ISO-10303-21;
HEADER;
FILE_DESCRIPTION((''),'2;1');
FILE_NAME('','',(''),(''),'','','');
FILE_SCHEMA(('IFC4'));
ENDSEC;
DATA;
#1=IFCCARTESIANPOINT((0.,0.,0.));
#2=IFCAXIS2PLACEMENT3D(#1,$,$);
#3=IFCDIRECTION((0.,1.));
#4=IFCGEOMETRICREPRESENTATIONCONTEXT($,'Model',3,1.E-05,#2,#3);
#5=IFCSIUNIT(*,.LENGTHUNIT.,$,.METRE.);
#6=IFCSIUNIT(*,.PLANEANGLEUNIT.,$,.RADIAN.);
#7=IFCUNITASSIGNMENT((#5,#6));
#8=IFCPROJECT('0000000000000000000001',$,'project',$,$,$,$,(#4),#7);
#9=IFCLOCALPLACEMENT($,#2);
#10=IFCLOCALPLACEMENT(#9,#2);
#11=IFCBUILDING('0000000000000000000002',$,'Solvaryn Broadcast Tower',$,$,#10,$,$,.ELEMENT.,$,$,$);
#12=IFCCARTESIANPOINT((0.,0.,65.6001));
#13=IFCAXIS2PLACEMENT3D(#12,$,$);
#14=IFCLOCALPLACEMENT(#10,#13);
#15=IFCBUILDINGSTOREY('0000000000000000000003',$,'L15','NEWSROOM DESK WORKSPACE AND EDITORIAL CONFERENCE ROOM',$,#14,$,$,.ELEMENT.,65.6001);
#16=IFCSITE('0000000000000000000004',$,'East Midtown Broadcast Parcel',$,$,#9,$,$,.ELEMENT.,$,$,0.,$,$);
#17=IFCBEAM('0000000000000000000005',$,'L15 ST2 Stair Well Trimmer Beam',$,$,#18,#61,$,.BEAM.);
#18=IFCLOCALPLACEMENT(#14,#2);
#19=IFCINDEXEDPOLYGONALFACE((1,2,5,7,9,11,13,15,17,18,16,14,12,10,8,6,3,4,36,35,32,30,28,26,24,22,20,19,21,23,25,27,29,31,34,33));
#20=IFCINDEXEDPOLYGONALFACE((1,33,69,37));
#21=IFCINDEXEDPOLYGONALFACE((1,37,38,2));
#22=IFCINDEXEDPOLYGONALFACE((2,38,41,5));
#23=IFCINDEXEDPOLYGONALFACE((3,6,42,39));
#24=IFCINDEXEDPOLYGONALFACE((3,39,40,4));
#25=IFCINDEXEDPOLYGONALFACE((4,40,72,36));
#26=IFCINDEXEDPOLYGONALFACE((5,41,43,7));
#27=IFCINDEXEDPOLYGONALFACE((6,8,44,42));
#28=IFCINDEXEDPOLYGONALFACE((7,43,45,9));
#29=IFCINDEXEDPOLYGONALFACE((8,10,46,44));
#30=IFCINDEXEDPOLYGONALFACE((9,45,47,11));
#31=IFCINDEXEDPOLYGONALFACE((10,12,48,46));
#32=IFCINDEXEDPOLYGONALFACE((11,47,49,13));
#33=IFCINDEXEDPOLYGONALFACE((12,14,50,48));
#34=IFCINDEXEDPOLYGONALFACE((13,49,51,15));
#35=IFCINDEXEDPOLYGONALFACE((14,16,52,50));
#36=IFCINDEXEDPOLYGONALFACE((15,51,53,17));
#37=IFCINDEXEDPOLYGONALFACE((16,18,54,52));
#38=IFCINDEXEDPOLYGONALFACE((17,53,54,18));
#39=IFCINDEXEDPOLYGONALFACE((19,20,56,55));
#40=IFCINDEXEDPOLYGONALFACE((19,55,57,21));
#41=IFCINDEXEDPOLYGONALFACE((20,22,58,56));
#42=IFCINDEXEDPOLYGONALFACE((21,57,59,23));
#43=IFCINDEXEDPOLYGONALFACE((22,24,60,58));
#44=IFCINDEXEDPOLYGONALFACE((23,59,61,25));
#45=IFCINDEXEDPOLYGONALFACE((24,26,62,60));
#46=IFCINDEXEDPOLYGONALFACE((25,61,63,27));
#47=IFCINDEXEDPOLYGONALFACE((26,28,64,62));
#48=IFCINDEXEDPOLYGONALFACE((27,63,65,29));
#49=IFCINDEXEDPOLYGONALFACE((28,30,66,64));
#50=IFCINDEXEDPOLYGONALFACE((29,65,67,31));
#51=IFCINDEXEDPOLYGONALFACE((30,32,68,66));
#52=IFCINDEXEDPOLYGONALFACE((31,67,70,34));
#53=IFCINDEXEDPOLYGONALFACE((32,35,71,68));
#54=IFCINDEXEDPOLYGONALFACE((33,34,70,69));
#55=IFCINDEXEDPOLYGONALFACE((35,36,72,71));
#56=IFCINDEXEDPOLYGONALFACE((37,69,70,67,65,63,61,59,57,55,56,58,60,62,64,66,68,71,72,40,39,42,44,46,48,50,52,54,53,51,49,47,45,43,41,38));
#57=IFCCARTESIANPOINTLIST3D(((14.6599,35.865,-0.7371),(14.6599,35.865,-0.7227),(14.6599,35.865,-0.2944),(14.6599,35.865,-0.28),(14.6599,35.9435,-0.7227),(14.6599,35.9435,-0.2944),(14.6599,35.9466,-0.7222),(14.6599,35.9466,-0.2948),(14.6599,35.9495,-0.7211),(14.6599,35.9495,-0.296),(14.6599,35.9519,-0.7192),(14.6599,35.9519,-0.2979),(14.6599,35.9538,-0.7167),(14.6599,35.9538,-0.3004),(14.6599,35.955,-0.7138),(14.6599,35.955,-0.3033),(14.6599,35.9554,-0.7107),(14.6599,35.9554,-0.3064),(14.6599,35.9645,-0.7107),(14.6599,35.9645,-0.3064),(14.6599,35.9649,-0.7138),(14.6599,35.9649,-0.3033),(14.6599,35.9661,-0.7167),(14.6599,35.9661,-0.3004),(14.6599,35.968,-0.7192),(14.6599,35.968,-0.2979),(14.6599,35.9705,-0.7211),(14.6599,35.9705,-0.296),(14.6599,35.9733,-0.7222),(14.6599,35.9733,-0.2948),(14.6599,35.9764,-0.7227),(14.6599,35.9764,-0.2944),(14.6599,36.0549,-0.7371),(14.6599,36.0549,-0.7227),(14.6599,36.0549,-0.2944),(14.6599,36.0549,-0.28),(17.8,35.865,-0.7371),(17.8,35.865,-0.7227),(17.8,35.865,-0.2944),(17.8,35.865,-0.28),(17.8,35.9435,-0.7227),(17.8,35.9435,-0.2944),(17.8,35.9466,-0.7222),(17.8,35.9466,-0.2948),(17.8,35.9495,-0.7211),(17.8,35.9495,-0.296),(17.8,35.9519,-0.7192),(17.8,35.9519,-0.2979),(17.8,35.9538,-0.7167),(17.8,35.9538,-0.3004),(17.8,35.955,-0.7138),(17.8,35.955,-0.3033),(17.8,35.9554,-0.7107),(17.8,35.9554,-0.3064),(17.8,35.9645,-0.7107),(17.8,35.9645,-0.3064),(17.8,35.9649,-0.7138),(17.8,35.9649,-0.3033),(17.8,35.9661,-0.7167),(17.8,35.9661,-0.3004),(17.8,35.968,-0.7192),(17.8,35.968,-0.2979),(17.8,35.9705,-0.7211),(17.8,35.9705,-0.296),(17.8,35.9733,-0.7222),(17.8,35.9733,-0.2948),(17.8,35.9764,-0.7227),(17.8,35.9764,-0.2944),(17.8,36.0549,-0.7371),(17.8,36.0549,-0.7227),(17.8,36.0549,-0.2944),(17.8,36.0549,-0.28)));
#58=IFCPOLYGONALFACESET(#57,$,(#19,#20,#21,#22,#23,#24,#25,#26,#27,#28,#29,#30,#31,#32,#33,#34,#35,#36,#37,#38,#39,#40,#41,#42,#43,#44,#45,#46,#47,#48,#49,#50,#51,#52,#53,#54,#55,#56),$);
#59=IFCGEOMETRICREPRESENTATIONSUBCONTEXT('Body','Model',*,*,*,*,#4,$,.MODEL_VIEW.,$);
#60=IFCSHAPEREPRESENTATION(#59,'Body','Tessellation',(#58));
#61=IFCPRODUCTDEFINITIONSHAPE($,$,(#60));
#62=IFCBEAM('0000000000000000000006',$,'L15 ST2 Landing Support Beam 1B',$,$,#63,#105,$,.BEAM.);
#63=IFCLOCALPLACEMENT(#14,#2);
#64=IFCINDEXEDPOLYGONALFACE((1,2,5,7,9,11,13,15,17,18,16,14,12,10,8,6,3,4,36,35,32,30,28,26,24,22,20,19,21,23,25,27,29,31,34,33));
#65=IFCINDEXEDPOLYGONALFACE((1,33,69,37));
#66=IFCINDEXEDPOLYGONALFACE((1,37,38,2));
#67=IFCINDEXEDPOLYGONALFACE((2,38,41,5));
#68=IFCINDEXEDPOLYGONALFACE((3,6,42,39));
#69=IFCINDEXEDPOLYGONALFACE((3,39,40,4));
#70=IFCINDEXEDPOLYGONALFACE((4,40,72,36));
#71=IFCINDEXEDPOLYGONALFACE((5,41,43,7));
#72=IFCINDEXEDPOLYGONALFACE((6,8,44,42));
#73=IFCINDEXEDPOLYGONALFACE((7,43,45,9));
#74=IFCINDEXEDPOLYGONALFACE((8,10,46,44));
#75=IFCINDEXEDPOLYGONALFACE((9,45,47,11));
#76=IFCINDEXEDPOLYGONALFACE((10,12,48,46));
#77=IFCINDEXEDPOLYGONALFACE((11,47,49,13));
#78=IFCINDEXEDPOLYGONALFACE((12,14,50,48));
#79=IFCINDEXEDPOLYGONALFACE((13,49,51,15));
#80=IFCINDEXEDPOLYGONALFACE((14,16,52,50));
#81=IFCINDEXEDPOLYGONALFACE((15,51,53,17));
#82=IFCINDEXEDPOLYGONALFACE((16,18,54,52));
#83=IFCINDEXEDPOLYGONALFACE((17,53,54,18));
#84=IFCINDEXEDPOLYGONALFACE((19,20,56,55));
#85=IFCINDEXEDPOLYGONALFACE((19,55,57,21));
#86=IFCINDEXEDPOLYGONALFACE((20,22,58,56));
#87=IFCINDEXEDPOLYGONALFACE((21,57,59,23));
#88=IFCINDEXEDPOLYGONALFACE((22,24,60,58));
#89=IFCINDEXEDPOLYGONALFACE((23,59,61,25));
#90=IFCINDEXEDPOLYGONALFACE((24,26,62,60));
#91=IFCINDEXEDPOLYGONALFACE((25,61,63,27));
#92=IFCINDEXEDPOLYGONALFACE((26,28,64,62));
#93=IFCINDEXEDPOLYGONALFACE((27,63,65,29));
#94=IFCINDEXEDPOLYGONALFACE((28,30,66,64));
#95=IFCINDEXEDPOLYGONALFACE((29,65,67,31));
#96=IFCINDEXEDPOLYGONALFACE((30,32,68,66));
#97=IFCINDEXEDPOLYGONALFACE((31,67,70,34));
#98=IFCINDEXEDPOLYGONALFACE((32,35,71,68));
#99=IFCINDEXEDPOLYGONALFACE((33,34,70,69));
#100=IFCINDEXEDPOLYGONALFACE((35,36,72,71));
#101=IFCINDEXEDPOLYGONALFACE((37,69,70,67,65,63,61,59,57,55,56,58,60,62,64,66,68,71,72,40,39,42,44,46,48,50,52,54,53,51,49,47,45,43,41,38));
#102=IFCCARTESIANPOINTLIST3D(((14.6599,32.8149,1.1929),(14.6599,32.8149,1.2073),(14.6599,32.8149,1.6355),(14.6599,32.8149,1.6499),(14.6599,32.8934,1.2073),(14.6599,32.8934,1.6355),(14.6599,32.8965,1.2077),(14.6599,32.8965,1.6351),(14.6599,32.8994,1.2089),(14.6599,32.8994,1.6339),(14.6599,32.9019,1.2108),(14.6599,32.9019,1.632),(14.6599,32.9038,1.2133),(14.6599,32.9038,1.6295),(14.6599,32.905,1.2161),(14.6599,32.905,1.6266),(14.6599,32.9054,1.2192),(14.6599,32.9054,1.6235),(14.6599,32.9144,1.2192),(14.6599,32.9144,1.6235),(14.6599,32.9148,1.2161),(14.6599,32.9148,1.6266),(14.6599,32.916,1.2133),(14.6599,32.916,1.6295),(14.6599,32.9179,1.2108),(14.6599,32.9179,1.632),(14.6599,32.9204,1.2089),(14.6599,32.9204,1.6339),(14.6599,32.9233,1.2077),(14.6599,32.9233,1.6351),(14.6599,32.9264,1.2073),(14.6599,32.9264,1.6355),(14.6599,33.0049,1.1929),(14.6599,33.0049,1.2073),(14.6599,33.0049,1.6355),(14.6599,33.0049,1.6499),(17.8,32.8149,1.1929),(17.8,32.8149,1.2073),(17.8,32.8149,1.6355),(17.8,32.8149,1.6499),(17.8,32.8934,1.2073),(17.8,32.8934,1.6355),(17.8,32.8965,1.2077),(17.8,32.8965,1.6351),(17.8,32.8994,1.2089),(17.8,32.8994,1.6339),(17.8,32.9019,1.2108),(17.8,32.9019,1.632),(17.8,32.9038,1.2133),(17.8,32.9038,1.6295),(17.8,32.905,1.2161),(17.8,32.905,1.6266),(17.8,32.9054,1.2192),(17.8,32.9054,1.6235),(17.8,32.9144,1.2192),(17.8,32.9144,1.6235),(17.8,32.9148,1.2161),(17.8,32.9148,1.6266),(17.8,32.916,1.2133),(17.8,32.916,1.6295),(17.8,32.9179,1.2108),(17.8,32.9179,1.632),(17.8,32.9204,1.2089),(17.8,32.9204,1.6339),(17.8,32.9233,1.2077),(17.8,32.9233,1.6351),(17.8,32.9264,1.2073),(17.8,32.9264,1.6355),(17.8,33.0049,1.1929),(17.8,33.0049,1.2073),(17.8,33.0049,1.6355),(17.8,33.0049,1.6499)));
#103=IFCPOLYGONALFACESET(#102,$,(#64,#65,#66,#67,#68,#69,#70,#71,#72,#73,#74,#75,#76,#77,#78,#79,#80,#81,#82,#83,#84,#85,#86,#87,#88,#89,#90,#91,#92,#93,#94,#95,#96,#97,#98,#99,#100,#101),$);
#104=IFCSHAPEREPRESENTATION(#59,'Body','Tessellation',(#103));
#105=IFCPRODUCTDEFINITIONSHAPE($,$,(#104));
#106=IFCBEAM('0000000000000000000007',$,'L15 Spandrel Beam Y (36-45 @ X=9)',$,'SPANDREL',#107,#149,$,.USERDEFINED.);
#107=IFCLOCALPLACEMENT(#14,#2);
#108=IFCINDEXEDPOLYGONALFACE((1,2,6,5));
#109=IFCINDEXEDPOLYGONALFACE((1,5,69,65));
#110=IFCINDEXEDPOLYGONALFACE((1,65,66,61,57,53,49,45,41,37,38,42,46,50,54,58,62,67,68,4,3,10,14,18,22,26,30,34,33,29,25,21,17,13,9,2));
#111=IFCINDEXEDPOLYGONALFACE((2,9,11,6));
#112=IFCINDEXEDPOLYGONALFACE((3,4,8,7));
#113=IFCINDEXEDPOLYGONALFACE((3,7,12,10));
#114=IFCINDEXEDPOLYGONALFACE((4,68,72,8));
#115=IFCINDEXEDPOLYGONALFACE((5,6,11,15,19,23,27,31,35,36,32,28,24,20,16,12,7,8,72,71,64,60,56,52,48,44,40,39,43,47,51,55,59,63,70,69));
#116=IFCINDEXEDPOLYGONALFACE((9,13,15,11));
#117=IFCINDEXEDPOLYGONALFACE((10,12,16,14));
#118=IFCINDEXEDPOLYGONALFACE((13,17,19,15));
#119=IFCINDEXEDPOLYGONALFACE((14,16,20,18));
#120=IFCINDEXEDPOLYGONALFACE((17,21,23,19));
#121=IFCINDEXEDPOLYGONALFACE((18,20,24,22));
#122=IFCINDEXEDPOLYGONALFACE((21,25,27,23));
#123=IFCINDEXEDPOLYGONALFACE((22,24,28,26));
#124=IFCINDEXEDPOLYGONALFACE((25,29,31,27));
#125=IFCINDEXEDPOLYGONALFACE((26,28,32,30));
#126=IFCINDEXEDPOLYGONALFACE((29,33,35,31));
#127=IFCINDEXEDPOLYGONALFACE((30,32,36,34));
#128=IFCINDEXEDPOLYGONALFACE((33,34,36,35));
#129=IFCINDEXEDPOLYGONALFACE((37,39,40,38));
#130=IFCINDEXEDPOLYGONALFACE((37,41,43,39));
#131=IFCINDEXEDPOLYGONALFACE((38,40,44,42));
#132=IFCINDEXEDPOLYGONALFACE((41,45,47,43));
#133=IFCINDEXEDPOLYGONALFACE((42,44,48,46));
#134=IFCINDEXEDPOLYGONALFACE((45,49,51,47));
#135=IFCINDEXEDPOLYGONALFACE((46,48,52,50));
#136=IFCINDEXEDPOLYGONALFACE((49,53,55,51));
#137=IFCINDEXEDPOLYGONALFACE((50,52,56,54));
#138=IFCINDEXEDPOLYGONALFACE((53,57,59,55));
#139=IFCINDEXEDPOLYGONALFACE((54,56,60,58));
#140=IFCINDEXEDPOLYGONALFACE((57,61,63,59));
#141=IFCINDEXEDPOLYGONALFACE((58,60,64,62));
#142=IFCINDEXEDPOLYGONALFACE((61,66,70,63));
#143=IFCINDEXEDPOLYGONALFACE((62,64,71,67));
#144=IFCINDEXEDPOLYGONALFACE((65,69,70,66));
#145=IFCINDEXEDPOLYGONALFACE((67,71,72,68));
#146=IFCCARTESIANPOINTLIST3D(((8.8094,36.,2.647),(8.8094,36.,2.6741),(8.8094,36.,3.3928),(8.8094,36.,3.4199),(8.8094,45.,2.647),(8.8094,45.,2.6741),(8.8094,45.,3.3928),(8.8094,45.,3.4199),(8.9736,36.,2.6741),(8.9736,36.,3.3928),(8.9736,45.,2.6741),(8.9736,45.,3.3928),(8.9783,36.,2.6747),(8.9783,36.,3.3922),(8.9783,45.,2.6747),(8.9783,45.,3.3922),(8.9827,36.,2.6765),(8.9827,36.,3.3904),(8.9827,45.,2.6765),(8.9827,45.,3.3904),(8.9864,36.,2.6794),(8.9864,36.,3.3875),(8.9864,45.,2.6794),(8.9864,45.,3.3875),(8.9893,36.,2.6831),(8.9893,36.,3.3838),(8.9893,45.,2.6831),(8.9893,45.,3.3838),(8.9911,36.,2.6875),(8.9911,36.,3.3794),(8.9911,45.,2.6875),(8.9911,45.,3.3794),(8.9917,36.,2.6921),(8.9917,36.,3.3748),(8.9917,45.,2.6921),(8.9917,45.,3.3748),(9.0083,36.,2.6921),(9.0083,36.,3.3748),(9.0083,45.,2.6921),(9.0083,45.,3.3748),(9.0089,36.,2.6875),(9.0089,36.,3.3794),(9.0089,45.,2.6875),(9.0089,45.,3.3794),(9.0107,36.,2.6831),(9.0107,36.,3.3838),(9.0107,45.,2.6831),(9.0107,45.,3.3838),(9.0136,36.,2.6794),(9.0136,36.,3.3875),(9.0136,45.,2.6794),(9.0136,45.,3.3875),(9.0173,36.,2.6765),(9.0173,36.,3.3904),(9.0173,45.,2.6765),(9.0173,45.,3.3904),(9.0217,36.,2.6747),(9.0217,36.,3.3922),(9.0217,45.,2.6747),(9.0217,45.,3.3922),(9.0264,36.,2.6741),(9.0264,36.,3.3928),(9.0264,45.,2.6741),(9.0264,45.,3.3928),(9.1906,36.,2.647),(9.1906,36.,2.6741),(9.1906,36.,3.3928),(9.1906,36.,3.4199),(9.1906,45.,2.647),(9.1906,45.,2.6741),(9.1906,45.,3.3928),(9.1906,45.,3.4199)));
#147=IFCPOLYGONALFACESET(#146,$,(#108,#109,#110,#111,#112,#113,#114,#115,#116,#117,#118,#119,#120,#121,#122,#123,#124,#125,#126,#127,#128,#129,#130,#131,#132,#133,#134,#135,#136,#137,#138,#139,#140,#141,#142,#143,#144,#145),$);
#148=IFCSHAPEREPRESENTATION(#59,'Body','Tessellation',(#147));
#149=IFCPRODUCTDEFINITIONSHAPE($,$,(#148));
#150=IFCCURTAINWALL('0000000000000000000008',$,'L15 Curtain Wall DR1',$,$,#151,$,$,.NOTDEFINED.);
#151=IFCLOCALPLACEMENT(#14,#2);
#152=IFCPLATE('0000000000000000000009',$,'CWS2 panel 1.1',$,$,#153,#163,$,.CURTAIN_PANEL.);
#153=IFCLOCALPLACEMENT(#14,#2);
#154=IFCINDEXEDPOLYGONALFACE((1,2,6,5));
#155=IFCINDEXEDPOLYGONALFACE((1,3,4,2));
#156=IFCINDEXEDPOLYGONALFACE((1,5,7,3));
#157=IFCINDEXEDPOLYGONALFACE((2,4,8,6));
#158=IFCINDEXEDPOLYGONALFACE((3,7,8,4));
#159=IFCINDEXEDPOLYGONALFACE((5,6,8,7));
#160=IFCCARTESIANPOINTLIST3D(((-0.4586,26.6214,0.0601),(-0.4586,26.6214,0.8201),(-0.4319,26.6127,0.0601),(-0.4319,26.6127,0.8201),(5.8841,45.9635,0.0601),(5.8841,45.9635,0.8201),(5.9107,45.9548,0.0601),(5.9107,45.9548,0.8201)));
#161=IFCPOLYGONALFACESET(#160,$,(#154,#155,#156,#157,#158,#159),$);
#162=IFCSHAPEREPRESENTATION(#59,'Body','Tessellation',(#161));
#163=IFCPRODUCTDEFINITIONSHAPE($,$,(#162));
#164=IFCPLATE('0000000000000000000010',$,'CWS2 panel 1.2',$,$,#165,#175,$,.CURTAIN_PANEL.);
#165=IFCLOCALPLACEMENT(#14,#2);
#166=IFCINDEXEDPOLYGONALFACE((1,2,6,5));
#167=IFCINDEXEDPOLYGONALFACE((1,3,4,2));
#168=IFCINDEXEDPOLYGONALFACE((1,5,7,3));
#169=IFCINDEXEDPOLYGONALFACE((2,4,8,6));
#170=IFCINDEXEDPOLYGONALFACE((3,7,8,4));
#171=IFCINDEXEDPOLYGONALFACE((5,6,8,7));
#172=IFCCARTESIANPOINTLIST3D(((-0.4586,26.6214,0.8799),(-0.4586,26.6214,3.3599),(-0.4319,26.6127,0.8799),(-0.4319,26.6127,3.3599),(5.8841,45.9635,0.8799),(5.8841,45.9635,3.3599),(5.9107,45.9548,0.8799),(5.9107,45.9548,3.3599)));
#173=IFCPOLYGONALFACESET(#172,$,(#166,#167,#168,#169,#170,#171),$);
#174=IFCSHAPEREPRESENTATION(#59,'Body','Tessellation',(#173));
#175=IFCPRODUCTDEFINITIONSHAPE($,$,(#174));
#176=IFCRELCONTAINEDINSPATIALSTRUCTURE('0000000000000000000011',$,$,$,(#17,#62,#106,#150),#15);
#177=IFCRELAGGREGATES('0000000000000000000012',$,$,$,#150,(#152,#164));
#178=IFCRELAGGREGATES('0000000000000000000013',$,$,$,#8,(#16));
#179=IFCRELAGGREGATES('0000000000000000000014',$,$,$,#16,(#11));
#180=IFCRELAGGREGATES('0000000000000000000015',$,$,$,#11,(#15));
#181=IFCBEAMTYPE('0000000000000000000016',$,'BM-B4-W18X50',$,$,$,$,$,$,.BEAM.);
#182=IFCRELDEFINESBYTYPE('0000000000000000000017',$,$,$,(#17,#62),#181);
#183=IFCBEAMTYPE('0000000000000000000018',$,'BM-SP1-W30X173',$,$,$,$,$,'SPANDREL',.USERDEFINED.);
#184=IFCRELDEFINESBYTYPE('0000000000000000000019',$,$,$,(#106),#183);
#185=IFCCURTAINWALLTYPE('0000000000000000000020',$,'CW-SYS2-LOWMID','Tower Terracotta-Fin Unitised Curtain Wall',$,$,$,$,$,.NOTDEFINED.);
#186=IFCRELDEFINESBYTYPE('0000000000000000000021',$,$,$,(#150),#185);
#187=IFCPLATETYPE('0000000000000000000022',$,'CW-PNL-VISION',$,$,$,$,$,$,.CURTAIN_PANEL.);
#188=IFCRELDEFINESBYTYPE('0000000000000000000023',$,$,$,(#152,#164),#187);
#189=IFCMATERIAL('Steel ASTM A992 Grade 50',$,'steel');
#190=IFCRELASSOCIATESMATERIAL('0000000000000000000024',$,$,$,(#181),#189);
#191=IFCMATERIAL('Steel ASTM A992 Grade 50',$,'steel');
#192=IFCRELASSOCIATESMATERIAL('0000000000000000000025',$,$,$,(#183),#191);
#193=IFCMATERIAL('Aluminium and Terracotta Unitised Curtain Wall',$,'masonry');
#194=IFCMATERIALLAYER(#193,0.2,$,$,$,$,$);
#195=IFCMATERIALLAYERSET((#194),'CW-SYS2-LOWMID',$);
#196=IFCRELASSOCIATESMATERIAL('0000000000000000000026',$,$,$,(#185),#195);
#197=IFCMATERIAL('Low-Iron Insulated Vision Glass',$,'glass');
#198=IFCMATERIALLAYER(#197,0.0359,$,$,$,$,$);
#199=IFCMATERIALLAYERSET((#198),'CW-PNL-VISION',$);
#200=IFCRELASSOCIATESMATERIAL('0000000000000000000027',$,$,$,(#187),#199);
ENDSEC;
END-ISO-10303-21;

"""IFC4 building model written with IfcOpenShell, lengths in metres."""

from ifc_helpers import new_model, si_unit, direction, frame, origin, origin_2d, place, context, subcontext, project, spatial, rectangle, i_section, extrude, material, layer, layer_set, material_profile, profile_set, type_object, element, aggregate, save


model = new_model("IFC4")

# Units and contexts
model_context = context("Model", 3, precision=1e-05, world=origin(), true_north=direction((0.0, 1.0)))
body_context = subcontext(model_context, "Body", "Model", "MODEL_VIEW")
ifc_project = project(units=[si_unit("LENGTHUNIT", "METRE"), si_unit("PLANEANGLEUNIT", "RADIAN")], contexts=[model_context])

# Site, building, storey
site_placement = place(None, origin())
site = spatial("IfcSite", under=ifc_project, at=site_placement, Name="East Midtown Broadcast Parcel", CompositionType="ELEMENT", RefElevation=0.0)
building_placement = place(site_placement, origin())
building = spatial("IfcBuilding", under=site, at=building_placement, Name="Solvaryn Broadcast Tower", CompositionType="ELEMENT")
storey_placement = place(building_placement, frame((0.0, 0.0, 65.6001)))
storey = spatial("IfcBuildingStorey", under=building, at=storey_placement, Name="L15", Description="NEWSROOM DESK WORKSPACE AND EDITORIAL CONFERENCE ROOM", CompositionType="ELEMENT", Elevation=65.6001)

# Beams
ifc_material_1 = material(Name="Steel ASTM A992 Grade 50", Category="steel")
ifc_material_profile_1 = material_profile(ifc_material_1, i_section(OverallWidth=0.1899, OverallDepth=0.457, WebThickness=0.009, FlangeThickness=0.0144, FilletRadius=0.012, at=origin_2d()))
ifc_profile_set_1 = profile_set([ifc_material_profile_1], Name="Steel ASTM A992 Grade 50")
beam_type_1 = type_object("IfcBeamType", Name="BM-B4-W18X50", PredefinedType="BEAM", material=ifc_profile_set_1)
for number, where, z_axis, x_axis, name in (
    (1, (14.6599, 35.96, -0.5085), (1.0, 0.0, 0.0), (0.0, 1.0, 0.0), "L15 ST2 Stair Well Trimmer Beam"),
    (2, (14.6599, 32.9099, 1.4214), (1.0, 0.0, 0.0), (0.0, 1.0, 0.0), "L15 ST2 Landing Support Beam 1B"),
):
    element("IfcBeam", number, at=place(storey_placement, frame(where, z_axis=z_axis, x_axis=x_axis)), inside=storey, type_object=beam_type_1, Name=name, PredefinedType="BEAM", context=body_context, shape_type="SweptSolid", body=[
        extrude(i_section(OverallWidth=0.1899, OverallDepth=0.457, WebThickness=0.009, FlangeThickness=0.0144, FilletRadius=0.012, at=origin_2d()), origin(), (0.0, 0.0, 1.0), 3.1401),
    ])
ifc_material_2 = material(Name="Steel ASTM A992 Grade 50", Category="steel")
ifc_material_profile_2 = material_profile(ifc_material_2, i_section(OverallWidth=0.3811, OverallDepth=0.7729, WebThickness=0.0166, FlangeThickness=0.0271, FilletRadius=0.0181, at=origin_2d()))
ifc_profile_set_2 = profile_set([ifc_material_profile_2], Name="Steel ASTM A992 Grade 50")
beam_type_2 = type_object("IfcBeamType", Name="BM-SP1-W30X173", ElementType="SPANDREL", PredefinedType="USERDEFINED", material=ifc_profile_set_2)
beam_1_placement = place(storey_placement, frame((9.0, 36.0, 3.0334), z_axis=(0.0, 1.0, 0.0), x_axis=(-1.0, 0.0, 0.0)))
element("IfcBeam", 3, at=beam_1_placement, inside=storey, type_object=beam_type_2, Name="L15 Spandrel Beam Y (36-45 @ X=9)", ObjectType="SPANDREL", PredefinedType="USERDEFINED", context=body_context, shape_type="SweptSolid", body=[
    extrude(i_section(OverallWidth=0.3811, OverallDepth=0.7729, WebThickness=0.0166, FlangeThickness=0.0271, FilletRadius=0.0181, at=origin_2d()), origin(), (0.0, 0.0, 1.0), 9.0),
])

# Curtain wall, plates
ifc_material_3 = material(Name="Aluminium and Terracotta Unitised Curtain Wall", Category="masonry")
ifc_layer_1 = layer(ifc_material_3, 0.2)
ifc_layer_set_1 = layer_set([ifc_layer_1], Name="CW-SYS2-LOWMID")
curtain_wall_type = type_object("IfcCurtainWallType", Name="CW-SYS2-LOWMID", Description="Tower Terracotta-Fin Unitised Curtain Wall", PredefinedType="NOTDEFINED", material=ifc_layer_set_1)
curtain_wall_placement = place(storey_placement, origin())
curtain_wall = element("IfcCurtainWall", 4, at=curtain_wall_placement, inside=storey, type_object=curtain_wall_type, Name="L15 Curtain Wall DR1", PredefinedType="NOTDEFINED")
ifc_material_4 = material(Name="Low-Iron Insulated Vision Glass", Category="glass")
ifc_layer_2 = layer(ifc_material_4, 0.0359)
ifc_layer_set_2 = layer_set([ifc_layer_2], Name="CW-PNL-VISION")
plate_type = type_object("IfcPlateType", Name="CW-PNL-VISION", PredefinedType="CURTAIN_PANEL", material=ifc_layer_set_2)
plate_1_placement = place(storey_placement, frame((2.7261, 36.2881, 0.0601), z_axis=(0.0, 0.0, 1.0), x_axis=(-0.311594, -0.950215, 0.0)))
plate_1 = element("IfcPlate", 5, at=plate_1_placement, type_object=plate_type, Name="CWS2 panel 1.1", PredefinedType="CURTAIN_PANEL", context=body_context, shape_type="SweptSolid", body=[
    extrude(rectangle(XDim=20.3555, YDim=0.0281, at=origin_2d()), origin(), (0.0, 0.0, 1.0), 0.76),
])
plate_2_placement = place(storey_placement, frame((2.7261, 36.2881, 0.8799), z_axis=(0.0, 0.0, 1.0), x_axis=(-0.311594, -0.950215, 0.0)))
plate_2 = element("IfcPlate", 6, at=plate_2_placement, type_object=plate_type, Name="CWS2 panel 1.2", PredefinedType="CURTAIN_PANEL", context=body_context, shape_type="SweptSolid", body=[
    extrude(rectangle(XDim=20.3555, YDim=0.0281, at=origin_2d()), origin(), (0.0, 0.0, 1.0), 2.48),
])
aggregate(curtain_wall, [plate_1, plate_2])

save(model, "model.ifc")
